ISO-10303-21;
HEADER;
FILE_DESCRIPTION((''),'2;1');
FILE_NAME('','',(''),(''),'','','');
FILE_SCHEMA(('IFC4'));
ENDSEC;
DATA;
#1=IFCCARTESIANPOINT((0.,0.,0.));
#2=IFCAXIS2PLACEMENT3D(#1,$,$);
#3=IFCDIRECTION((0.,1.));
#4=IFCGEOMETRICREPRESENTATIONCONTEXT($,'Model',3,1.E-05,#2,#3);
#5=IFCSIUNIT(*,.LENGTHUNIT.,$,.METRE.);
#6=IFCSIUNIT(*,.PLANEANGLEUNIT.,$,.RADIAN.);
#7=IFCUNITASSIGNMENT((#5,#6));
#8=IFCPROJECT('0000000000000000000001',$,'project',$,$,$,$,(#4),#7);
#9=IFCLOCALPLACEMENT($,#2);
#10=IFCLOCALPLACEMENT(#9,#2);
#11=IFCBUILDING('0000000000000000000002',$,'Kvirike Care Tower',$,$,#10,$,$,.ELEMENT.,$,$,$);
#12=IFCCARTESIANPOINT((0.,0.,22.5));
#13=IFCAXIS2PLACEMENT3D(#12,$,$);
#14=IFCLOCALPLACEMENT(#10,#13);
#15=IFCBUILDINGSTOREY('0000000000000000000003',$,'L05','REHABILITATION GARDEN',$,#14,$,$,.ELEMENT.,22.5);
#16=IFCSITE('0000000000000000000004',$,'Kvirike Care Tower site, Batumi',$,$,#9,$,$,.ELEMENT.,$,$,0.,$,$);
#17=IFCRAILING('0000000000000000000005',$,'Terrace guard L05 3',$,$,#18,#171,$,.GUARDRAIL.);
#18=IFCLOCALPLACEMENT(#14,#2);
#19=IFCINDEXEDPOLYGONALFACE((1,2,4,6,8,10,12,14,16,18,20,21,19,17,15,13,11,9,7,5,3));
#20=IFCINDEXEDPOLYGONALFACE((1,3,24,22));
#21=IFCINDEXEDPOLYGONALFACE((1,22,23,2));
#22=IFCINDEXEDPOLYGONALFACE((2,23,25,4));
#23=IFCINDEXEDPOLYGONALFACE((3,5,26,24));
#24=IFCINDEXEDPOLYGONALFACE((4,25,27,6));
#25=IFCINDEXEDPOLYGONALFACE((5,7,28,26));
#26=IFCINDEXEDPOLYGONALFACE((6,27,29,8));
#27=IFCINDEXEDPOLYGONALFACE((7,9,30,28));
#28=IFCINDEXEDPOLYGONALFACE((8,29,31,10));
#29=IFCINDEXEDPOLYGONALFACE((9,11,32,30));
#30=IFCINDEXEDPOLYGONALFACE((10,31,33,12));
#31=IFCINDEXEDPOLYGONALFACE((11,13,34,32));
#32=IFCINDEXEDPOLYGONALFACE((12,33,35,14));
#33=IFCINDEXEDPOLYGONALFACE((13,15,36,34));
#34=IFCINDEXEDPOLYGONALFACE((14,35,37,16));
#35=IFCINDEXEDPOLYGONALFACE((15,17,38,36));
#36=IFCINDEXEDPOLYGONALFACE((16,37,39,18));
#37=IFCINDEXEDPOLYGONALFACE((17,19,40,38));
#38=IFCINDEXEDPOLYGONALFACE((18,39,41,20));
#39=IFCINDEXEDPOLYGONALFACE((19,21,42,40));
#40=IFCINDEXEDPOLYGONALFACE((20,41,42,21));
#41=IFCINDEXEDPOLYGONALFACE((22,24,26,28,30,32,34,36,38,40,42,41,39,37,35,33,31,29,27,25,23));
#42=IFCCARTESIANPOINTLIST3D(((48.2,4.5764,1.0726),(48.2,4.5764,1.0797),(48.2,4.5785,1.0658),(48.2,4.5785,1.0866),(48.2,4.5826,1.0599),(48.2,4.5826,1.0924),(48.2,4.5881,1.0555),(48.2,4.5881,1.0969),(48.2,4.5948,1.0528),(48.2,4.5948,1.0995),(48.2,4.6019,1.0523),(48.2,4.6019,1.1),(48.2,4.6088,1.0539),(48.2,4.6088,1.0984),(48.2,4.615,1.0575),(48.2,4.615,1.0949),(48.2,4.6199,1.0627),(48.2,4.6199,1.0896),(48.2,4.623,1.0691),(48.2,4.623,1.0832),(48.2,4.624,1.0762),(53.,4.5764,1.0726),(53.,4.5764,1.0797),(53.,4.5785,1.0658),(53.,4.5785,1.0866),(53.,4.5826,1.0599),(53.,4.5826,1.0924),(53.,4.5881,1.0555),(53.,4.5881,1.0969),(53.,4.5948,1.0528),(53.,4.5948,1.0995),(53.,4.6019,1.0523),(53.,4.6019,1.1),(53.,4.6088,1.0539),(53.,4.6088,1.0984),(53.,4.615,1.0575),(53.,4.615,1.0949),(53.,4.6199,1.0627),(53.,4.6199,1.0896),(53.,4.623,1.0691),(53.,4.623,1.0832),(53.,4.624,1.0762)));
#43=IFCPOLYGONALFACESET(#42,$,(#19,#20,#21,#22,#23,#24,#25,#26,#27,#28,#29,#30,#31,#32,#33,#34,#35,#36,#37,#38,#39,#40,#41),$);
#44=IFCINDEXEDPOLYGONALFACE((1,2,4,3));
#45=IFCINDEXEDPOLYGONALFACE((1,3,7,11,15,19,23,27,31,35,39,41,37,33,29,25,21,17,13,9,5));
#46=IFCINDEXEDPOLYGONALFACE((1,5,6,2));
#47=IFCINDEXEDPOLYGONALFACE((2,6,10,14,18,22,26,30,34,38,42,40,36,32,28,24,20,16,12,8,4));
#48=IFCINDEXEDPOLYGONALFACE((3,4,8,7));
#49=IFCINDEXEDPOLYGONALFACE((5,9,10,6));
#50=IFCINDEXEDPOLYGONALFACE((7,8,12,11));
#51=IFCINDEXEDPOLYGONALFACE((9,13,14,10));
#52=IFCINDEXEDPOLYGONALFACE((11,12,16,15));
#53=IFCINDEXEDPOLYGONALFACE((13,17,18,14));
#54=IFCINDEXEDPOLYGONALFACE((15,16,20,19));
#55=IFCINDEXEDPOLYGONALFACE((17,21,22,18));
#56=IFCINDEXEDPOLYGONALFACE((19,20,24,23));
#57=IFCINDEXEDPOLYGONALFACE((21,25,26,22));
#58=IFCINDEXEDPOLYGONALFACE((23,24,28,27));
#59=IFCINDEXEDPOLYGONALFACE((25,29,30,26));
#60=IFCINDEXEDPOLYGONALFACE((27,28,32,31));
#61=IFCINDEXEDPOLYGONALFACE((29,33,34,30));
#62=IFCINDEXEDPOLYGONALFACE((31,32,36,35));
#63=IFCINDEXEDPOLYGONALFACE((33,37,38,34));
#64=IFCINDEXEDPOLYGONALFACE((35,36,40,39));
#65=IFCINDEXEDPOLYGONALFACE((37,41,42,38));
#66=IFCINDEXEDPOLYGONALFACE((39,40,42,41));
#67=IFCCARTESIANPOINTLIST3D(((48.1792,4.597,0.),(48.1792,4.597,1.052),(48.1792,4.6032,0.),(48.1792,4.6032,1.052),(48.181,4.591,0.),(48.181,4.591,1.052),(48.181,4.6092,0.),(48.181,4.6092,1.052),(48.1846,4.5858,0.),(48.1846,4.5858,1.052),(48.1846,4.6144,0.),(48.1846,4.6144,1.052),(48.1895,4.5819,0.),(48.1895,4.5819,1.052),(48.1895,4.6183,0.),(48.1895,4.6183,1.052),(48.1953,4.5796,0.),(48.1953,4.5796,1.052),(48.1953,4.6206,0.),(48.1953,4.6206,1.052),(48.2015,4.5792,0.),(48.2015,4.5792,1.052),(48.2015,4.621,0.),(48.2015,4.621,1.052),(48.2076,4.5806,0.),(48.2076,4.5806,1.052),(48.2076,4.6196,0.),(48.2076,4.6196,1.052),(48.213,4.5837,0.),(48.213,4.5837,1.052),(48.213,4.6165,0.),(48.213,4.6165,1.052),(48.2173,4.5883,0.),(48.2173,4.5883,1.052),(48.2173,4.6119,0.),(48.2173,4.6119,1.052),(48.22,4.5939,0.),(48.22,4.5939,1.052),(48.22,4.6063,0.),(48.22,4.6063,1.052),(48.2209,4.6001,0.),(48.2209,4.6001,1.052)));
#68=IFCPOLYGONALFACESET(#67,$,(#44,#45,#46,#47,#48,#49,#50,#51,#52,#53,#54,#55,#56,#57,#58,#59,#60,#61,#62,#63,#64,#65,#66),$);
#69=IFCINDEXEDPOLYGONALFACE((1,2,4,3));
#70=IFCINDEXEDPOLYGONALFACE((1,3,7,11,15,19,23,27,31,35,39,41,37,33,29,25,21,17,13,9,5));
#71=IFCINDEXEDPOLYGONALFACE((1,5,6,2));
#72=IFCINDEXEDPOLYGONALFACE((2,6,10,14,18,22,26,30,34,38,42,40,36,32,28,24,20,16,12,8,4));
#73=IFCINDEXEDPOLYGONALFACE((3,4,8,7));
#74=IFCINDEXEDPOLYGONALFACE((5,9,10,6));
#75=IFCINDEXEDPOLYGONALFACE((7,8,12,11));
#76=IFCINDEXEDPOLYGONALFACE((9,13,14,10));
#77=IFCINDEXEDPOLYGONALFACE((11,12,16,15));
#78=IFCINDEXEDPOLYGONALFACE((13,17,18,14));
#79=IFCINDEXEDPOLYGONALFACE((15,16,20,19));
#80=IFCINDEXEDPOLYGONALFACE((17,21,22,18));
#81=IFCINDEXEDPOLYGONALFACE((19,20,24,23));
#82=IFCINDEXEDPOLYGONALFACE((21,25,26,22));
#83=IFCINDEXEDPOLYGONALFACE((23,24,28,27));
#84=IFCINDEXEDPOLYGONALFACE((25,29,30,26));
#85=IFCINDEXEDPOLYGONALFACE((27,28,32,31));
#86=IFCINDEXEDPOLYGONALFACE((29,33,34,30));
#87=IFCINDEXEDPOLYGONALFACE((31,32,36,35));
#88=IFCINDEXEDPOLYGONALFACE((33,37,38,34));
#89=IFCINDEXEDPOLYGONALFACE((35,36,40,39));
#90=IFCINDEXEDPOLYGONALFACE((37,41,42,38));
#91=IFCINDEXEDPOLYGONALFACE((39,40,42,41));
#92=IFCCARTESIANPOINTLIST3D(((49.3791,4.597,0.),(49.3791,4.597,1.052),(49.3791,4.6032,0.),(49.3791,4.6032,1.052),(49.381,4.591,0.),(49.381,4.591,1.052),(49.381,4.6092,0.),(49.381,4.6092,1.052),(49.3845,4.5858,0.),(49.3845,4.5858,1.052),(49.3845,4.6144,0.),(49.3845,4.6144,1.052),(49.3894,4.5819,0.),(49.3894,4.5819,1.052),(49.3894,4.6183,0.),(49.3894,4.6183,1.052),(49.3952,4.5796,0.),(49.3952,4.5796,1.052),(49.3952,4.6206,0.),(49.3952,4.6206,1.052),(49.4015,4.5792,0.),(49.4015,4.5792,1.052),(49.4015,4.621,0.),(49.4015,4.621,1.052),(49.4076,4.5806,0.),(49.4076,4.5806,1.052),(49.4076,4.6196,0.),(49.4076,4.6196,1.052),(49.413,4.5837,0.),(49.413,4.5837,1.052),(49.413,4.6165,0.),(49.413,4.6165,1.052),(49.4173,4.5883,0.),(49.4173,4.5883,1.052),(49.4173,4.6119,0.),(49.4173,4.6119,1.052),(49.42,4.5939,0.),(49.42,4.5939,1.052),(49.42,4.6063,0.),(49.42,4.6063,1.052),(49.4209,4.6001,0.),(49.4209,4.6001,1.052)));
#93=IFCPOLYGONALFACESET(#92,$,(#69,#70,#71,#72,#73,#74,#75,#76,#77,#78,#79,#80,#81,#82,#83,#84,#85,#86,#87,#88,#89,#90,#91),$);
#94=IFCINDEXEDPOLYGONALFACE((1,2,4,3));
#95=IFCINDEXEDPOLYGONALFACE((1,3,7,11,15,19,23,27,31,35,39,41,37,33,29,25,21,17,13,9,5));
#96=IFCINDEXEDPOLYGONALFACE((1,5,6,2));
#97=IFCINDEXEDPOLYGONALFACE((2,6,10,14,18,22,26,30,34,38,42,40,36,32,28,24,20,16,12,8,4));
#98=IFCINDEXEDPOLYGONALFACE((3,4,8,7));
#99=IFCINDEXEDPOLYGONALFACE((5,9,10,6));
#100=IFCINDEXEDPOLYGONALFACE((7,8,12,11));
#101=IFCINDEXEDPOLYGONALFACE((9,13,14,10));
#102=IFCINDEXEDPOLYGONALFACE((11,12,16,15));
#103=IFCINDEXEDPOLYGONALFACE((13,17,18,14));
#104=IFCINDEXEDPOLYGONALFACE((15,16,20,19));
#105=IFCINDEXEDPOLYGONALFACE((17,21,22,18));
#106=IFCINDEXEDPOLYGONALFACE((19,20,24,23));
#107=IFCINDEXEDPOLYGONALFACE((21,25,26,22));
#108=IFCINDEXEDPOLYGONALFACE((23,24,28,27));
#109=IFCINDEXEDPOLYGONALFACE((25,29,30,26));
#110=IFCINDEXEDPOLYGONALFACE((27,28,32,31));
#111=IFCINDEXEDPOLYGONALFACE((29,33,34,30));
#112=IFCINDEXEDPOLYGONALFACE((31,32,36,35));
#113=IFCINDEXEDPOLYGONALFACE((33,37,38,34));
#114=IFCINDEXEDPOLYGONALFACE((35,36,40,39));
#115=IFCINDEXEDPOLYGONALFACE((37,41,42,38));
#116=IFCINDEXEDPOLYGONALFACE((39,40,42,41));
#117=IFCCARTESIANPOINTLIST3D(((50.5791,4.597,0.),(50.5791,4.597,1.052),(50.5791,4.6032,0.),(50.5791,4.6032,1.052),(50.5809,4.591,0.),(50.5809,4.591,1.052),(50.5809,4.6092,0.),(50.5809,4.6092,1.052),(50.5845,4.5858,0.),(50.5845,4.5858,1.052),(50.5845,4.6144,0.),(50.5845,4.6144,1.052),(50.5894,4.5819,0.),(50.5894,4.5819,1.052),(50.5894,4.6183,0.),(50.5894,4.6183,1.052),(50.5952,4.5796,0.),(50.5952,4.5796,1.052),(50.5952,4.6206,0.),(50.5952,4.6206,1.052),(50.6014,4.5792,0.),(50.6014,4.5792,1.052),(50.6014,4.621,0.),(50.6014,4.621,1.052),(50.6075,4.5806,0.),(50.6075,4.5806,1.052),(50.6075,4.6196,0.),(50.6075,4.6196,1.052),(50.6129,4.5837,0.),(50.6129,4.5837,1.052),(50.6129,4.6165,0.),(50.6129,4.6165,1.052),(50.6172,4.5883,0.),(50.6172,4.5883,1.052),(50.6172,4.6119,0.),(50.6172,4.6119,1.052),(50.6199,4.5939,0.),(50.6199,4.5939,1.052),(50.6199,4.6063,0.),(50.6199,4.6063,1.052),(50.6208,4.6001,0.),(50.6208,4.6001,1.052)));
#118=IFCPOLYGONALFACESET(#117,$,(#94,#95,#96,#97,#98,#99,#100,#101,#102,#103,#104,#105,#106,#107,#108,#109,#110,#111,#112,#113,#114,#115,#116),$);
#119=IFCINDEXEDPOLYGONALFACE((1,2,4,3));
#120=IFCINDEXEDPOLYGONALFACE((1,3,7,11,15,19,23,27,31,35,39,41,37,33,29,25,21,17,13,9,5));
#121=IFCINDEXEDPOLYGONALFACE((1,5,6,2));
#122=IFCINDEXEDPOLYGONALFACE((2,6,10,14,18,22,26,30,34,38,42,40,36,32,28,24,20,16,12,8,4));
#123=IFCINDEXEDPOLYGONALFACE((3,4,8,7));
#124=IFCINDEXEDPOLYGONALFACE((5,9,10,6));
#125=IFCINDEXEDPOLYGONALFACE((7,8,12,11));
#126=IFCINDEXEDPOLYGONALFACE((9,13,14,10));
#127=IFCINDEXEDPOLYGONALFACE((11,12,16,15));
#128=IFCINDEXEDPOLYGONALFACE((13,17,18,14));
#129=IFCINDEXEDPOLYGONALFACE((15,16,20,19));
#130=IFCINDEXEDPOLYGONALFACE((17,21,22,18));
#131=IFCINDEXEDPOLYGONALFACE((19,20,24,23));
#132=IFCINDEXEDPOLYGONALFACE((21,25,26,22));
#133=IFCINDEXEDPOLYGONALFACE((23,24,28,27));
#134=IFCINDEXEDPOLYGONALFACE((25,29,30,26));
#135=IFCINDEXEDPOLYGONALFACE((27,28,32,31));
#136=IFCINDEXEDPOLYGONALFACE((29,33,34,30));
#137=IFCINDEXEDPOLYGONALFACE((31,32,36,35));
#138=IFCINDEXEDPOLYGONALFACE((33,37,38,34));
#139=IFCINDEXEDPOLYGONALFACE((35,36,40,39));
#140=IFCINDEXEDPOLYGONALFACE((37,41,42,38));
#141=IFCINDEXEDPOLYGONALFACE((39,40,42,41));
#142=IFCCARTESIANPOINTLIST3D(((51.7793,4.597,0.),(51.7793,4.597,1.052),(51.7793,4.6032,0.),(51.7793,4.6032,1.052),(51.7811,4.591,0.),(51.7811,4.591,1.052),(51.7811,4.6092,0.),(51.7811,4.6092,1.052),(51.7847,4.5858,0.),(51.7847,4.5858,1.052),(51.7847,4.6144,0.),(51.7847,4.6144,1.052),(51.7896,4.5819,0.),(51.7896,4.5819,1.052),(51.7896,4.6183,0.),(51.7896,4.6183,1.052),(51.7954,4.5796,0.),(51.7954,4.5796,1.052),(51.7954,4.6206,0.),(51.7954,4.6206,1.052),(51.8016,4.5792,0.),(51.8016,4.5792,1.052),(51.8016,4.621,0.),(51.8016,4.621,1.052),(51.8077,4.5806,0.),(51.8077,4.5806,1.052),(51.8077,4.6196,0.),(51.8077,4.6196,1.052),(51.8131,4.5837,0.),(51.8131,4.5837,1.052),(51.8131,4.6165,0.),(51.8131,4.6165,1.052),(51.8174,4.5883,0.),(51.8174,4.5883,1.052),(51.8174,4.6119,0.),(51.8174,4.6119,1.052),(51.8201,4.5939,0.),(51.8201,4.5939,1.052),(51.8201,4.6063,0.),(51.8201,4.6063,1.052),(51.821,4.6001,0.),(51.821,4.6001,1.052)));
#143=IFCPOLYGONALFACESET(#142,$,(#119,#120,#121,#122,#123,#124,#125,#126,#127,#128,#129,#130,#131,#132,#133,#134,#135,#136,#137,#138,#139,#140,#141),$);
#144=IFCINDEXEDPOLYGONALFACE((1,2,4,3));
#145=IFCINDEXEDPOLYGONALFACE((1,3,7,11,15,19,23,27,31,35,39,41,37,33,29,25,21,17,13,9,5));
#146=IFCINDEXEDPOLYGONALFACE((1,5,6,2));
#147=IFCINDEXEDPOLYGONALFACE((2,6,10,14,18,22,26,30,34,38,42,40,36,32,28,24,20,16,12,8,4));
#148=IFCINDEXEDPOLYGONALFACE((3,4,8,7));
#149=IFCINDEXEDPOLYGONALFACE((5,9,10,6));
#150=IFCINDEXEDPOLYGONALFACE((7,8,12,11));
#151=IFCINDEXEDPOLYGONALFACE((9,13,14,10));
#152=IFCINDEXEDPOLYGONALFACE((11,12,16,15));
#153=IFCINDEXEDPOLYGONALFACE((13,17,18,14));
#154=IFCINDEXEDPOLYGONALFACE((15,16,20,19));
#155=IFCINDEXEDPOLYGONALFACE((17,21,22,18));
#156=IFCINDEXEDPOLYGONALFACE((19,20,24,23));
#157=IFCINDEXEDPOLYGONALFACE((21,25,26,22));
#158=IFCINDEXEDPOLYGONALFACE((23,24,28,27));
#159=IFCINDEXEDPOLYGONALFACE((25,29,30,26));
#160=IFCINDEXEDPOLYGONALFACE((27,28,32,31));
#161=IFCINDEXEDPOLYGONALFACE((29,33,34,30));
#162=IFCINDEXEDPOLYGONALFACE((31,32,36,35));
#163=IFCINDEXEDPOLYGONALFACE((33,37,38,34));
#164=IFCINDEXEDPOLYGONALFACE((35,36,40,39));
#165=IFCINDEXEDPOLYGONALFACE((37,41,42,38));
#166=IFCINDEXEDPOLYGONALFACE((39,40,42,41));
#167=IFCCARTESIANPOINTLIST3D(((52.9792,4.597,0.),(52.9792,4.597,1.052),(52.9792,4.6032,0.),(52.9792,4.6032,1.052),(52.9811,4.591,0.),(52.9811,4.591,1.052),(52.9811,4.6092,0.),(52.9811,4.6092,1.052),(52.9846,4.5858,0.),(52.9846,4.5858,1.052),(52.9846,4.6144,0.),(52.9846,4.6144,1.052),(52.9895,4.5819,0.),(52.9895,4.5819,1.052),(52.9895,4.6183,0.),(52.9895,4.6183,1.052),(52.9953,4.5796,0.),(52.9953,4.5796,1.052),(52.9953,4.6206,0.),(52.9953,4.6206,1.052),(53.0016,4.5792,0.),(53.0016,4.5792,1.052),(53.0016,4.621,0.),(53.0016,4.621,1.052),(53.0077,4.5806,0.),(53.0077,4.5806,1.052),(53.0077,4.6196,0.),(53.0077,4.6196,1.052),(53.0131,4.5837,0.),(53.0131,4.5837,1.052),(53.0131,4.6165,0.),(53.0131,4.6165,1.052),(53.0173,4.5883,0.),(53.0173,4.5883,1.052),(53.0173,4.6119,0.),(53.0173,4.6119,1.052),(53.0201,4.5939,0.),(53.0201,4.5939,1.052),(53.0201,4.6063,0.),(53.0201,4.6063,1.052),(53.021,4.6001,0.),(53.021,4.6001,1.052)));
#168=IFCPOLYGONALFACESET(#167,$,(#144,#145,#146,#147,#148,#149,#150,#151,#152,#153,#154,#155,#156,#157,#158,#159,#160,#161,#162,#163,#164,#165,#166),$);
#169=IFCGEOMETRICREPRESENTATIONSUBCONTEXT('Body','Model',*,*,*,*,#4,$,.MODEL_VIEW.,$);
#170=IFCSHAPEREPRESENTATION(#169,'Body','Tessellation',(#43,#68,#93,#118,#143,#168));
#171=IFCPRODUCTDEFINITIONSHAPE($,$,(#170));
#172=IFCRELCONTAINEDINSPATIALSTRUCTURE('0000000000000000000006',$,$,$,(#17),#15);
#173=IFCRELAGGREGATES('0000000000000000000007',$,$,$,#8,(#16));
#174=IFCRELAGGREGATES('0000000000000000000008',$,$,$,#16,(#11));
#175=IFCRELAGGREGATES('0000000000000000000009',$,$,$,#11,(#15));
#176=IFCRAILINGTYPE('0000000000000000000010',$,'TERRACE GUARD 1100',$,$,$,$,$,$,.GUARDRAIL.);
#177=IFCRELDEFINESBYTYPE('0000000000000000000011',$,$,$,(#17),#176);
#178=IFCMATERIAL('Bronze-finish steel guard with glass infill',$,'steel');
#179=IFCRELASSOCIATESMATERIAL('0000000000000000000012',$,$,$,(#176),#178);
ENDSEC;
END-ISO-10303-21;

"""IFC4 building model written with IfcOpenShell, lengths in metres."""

from ifc_helpers import new_model, si_unit, direction, frame, origin, origin_2d, place, context, subcontext, project, spatial, circle, extrude, material, type_object, element, save


model = new_model("IFC4")

# Units and contexts
model_context = context("Model", 3, precision=1e-05, world=origin(), true_north=direction((0.0, 1.0)))
body_context = subcontext(model_context, "Body", "Model", "MODEL_VIEW")
ifc_project = project(units=[si_unit("LENGTHUNIT", "METRE"), si_unit("PLANEANGLEUNIT", "RADIAN")], contexts=[model_context])

# Site, building, storey
site_placement = place(None, origin())
site = spatial("IfcSite", under=ifc_project, at=site_placement, Name="Kvirike Care Tower site, Batumi", CompositionType="ELEMENT", RefElevation=0.0)
building_placement = place(site_placement, origin())
building = spatial("IfcBuilding", under=site, at=building_placement, Name="Kvirike Care Tower", CompositionType="ELEMENT")
storey_placement = place(building_placement, frame((0.0, 0.0, 22.5)))
storey = spatial("IfcBuildingStorey", under=building, at=storey_placement, Name="L05", Description="REHABILITATION GARDEN", CompositionType="ELEMENT", Elevation=22.5)

# Railing
ifc_material_1 = material(Name="Bronze-finish steel guard with glass infill", Category="steel")
railing_type = type_object("IfcRailingType", Name="TERRACE GUARD 1100", PredefinedType="GUARDRAIL", material=ifc_material_1)
railing_1_placement = place(storey_placement, frame((48.2, 4.6001, 0.0)))
element("IfcRailing", 1, at=railing_1_placement, inside=storey, type_object=railing_type, Name="Terrace guard L05 3", PredefinedType="GUARDRAIL", context=body_context, shape_type="SweptSolid", body=[
    extrude(circle(Radius=0.0239, at=origin_2d()), frame((0.0, 0.0, 1.0762), z_axis=(1.0, 0.0, 0.0), x_axis=(0.0, 1.0, 0.0)), (0.0, 0.0, 1.0), 4.8),
    extrude(circle(Radius=0.021, at=origin_2d()), origin(), (0.0, 0.0, 1.0), 1.052),
    extrude(circle(Radius=0.021, at=origin_2d()), frame((1.2, 0.0, 0.0)), (0.0, 0.0, 1.0), 1.052),
    extrude(circle(Radius=0.021, at=origin_2d()), frame((2.3999, 0.0, 0.0)), (0.0, 0.0, 1.0), 1.052),
    extrude(circle(Radius=0.021, at=origin_2d()), frame((3.6001, 0.0, 0.0)), (0.0, 0.0, 1.0), 1.052),
    extrude(circle(Radius=0.021, at=origin_2d()), frame((4.8, 0.0, 0.0)), (0.0, 0.0, 1.0), 1.052),
])

save(model, "model.ifc")
